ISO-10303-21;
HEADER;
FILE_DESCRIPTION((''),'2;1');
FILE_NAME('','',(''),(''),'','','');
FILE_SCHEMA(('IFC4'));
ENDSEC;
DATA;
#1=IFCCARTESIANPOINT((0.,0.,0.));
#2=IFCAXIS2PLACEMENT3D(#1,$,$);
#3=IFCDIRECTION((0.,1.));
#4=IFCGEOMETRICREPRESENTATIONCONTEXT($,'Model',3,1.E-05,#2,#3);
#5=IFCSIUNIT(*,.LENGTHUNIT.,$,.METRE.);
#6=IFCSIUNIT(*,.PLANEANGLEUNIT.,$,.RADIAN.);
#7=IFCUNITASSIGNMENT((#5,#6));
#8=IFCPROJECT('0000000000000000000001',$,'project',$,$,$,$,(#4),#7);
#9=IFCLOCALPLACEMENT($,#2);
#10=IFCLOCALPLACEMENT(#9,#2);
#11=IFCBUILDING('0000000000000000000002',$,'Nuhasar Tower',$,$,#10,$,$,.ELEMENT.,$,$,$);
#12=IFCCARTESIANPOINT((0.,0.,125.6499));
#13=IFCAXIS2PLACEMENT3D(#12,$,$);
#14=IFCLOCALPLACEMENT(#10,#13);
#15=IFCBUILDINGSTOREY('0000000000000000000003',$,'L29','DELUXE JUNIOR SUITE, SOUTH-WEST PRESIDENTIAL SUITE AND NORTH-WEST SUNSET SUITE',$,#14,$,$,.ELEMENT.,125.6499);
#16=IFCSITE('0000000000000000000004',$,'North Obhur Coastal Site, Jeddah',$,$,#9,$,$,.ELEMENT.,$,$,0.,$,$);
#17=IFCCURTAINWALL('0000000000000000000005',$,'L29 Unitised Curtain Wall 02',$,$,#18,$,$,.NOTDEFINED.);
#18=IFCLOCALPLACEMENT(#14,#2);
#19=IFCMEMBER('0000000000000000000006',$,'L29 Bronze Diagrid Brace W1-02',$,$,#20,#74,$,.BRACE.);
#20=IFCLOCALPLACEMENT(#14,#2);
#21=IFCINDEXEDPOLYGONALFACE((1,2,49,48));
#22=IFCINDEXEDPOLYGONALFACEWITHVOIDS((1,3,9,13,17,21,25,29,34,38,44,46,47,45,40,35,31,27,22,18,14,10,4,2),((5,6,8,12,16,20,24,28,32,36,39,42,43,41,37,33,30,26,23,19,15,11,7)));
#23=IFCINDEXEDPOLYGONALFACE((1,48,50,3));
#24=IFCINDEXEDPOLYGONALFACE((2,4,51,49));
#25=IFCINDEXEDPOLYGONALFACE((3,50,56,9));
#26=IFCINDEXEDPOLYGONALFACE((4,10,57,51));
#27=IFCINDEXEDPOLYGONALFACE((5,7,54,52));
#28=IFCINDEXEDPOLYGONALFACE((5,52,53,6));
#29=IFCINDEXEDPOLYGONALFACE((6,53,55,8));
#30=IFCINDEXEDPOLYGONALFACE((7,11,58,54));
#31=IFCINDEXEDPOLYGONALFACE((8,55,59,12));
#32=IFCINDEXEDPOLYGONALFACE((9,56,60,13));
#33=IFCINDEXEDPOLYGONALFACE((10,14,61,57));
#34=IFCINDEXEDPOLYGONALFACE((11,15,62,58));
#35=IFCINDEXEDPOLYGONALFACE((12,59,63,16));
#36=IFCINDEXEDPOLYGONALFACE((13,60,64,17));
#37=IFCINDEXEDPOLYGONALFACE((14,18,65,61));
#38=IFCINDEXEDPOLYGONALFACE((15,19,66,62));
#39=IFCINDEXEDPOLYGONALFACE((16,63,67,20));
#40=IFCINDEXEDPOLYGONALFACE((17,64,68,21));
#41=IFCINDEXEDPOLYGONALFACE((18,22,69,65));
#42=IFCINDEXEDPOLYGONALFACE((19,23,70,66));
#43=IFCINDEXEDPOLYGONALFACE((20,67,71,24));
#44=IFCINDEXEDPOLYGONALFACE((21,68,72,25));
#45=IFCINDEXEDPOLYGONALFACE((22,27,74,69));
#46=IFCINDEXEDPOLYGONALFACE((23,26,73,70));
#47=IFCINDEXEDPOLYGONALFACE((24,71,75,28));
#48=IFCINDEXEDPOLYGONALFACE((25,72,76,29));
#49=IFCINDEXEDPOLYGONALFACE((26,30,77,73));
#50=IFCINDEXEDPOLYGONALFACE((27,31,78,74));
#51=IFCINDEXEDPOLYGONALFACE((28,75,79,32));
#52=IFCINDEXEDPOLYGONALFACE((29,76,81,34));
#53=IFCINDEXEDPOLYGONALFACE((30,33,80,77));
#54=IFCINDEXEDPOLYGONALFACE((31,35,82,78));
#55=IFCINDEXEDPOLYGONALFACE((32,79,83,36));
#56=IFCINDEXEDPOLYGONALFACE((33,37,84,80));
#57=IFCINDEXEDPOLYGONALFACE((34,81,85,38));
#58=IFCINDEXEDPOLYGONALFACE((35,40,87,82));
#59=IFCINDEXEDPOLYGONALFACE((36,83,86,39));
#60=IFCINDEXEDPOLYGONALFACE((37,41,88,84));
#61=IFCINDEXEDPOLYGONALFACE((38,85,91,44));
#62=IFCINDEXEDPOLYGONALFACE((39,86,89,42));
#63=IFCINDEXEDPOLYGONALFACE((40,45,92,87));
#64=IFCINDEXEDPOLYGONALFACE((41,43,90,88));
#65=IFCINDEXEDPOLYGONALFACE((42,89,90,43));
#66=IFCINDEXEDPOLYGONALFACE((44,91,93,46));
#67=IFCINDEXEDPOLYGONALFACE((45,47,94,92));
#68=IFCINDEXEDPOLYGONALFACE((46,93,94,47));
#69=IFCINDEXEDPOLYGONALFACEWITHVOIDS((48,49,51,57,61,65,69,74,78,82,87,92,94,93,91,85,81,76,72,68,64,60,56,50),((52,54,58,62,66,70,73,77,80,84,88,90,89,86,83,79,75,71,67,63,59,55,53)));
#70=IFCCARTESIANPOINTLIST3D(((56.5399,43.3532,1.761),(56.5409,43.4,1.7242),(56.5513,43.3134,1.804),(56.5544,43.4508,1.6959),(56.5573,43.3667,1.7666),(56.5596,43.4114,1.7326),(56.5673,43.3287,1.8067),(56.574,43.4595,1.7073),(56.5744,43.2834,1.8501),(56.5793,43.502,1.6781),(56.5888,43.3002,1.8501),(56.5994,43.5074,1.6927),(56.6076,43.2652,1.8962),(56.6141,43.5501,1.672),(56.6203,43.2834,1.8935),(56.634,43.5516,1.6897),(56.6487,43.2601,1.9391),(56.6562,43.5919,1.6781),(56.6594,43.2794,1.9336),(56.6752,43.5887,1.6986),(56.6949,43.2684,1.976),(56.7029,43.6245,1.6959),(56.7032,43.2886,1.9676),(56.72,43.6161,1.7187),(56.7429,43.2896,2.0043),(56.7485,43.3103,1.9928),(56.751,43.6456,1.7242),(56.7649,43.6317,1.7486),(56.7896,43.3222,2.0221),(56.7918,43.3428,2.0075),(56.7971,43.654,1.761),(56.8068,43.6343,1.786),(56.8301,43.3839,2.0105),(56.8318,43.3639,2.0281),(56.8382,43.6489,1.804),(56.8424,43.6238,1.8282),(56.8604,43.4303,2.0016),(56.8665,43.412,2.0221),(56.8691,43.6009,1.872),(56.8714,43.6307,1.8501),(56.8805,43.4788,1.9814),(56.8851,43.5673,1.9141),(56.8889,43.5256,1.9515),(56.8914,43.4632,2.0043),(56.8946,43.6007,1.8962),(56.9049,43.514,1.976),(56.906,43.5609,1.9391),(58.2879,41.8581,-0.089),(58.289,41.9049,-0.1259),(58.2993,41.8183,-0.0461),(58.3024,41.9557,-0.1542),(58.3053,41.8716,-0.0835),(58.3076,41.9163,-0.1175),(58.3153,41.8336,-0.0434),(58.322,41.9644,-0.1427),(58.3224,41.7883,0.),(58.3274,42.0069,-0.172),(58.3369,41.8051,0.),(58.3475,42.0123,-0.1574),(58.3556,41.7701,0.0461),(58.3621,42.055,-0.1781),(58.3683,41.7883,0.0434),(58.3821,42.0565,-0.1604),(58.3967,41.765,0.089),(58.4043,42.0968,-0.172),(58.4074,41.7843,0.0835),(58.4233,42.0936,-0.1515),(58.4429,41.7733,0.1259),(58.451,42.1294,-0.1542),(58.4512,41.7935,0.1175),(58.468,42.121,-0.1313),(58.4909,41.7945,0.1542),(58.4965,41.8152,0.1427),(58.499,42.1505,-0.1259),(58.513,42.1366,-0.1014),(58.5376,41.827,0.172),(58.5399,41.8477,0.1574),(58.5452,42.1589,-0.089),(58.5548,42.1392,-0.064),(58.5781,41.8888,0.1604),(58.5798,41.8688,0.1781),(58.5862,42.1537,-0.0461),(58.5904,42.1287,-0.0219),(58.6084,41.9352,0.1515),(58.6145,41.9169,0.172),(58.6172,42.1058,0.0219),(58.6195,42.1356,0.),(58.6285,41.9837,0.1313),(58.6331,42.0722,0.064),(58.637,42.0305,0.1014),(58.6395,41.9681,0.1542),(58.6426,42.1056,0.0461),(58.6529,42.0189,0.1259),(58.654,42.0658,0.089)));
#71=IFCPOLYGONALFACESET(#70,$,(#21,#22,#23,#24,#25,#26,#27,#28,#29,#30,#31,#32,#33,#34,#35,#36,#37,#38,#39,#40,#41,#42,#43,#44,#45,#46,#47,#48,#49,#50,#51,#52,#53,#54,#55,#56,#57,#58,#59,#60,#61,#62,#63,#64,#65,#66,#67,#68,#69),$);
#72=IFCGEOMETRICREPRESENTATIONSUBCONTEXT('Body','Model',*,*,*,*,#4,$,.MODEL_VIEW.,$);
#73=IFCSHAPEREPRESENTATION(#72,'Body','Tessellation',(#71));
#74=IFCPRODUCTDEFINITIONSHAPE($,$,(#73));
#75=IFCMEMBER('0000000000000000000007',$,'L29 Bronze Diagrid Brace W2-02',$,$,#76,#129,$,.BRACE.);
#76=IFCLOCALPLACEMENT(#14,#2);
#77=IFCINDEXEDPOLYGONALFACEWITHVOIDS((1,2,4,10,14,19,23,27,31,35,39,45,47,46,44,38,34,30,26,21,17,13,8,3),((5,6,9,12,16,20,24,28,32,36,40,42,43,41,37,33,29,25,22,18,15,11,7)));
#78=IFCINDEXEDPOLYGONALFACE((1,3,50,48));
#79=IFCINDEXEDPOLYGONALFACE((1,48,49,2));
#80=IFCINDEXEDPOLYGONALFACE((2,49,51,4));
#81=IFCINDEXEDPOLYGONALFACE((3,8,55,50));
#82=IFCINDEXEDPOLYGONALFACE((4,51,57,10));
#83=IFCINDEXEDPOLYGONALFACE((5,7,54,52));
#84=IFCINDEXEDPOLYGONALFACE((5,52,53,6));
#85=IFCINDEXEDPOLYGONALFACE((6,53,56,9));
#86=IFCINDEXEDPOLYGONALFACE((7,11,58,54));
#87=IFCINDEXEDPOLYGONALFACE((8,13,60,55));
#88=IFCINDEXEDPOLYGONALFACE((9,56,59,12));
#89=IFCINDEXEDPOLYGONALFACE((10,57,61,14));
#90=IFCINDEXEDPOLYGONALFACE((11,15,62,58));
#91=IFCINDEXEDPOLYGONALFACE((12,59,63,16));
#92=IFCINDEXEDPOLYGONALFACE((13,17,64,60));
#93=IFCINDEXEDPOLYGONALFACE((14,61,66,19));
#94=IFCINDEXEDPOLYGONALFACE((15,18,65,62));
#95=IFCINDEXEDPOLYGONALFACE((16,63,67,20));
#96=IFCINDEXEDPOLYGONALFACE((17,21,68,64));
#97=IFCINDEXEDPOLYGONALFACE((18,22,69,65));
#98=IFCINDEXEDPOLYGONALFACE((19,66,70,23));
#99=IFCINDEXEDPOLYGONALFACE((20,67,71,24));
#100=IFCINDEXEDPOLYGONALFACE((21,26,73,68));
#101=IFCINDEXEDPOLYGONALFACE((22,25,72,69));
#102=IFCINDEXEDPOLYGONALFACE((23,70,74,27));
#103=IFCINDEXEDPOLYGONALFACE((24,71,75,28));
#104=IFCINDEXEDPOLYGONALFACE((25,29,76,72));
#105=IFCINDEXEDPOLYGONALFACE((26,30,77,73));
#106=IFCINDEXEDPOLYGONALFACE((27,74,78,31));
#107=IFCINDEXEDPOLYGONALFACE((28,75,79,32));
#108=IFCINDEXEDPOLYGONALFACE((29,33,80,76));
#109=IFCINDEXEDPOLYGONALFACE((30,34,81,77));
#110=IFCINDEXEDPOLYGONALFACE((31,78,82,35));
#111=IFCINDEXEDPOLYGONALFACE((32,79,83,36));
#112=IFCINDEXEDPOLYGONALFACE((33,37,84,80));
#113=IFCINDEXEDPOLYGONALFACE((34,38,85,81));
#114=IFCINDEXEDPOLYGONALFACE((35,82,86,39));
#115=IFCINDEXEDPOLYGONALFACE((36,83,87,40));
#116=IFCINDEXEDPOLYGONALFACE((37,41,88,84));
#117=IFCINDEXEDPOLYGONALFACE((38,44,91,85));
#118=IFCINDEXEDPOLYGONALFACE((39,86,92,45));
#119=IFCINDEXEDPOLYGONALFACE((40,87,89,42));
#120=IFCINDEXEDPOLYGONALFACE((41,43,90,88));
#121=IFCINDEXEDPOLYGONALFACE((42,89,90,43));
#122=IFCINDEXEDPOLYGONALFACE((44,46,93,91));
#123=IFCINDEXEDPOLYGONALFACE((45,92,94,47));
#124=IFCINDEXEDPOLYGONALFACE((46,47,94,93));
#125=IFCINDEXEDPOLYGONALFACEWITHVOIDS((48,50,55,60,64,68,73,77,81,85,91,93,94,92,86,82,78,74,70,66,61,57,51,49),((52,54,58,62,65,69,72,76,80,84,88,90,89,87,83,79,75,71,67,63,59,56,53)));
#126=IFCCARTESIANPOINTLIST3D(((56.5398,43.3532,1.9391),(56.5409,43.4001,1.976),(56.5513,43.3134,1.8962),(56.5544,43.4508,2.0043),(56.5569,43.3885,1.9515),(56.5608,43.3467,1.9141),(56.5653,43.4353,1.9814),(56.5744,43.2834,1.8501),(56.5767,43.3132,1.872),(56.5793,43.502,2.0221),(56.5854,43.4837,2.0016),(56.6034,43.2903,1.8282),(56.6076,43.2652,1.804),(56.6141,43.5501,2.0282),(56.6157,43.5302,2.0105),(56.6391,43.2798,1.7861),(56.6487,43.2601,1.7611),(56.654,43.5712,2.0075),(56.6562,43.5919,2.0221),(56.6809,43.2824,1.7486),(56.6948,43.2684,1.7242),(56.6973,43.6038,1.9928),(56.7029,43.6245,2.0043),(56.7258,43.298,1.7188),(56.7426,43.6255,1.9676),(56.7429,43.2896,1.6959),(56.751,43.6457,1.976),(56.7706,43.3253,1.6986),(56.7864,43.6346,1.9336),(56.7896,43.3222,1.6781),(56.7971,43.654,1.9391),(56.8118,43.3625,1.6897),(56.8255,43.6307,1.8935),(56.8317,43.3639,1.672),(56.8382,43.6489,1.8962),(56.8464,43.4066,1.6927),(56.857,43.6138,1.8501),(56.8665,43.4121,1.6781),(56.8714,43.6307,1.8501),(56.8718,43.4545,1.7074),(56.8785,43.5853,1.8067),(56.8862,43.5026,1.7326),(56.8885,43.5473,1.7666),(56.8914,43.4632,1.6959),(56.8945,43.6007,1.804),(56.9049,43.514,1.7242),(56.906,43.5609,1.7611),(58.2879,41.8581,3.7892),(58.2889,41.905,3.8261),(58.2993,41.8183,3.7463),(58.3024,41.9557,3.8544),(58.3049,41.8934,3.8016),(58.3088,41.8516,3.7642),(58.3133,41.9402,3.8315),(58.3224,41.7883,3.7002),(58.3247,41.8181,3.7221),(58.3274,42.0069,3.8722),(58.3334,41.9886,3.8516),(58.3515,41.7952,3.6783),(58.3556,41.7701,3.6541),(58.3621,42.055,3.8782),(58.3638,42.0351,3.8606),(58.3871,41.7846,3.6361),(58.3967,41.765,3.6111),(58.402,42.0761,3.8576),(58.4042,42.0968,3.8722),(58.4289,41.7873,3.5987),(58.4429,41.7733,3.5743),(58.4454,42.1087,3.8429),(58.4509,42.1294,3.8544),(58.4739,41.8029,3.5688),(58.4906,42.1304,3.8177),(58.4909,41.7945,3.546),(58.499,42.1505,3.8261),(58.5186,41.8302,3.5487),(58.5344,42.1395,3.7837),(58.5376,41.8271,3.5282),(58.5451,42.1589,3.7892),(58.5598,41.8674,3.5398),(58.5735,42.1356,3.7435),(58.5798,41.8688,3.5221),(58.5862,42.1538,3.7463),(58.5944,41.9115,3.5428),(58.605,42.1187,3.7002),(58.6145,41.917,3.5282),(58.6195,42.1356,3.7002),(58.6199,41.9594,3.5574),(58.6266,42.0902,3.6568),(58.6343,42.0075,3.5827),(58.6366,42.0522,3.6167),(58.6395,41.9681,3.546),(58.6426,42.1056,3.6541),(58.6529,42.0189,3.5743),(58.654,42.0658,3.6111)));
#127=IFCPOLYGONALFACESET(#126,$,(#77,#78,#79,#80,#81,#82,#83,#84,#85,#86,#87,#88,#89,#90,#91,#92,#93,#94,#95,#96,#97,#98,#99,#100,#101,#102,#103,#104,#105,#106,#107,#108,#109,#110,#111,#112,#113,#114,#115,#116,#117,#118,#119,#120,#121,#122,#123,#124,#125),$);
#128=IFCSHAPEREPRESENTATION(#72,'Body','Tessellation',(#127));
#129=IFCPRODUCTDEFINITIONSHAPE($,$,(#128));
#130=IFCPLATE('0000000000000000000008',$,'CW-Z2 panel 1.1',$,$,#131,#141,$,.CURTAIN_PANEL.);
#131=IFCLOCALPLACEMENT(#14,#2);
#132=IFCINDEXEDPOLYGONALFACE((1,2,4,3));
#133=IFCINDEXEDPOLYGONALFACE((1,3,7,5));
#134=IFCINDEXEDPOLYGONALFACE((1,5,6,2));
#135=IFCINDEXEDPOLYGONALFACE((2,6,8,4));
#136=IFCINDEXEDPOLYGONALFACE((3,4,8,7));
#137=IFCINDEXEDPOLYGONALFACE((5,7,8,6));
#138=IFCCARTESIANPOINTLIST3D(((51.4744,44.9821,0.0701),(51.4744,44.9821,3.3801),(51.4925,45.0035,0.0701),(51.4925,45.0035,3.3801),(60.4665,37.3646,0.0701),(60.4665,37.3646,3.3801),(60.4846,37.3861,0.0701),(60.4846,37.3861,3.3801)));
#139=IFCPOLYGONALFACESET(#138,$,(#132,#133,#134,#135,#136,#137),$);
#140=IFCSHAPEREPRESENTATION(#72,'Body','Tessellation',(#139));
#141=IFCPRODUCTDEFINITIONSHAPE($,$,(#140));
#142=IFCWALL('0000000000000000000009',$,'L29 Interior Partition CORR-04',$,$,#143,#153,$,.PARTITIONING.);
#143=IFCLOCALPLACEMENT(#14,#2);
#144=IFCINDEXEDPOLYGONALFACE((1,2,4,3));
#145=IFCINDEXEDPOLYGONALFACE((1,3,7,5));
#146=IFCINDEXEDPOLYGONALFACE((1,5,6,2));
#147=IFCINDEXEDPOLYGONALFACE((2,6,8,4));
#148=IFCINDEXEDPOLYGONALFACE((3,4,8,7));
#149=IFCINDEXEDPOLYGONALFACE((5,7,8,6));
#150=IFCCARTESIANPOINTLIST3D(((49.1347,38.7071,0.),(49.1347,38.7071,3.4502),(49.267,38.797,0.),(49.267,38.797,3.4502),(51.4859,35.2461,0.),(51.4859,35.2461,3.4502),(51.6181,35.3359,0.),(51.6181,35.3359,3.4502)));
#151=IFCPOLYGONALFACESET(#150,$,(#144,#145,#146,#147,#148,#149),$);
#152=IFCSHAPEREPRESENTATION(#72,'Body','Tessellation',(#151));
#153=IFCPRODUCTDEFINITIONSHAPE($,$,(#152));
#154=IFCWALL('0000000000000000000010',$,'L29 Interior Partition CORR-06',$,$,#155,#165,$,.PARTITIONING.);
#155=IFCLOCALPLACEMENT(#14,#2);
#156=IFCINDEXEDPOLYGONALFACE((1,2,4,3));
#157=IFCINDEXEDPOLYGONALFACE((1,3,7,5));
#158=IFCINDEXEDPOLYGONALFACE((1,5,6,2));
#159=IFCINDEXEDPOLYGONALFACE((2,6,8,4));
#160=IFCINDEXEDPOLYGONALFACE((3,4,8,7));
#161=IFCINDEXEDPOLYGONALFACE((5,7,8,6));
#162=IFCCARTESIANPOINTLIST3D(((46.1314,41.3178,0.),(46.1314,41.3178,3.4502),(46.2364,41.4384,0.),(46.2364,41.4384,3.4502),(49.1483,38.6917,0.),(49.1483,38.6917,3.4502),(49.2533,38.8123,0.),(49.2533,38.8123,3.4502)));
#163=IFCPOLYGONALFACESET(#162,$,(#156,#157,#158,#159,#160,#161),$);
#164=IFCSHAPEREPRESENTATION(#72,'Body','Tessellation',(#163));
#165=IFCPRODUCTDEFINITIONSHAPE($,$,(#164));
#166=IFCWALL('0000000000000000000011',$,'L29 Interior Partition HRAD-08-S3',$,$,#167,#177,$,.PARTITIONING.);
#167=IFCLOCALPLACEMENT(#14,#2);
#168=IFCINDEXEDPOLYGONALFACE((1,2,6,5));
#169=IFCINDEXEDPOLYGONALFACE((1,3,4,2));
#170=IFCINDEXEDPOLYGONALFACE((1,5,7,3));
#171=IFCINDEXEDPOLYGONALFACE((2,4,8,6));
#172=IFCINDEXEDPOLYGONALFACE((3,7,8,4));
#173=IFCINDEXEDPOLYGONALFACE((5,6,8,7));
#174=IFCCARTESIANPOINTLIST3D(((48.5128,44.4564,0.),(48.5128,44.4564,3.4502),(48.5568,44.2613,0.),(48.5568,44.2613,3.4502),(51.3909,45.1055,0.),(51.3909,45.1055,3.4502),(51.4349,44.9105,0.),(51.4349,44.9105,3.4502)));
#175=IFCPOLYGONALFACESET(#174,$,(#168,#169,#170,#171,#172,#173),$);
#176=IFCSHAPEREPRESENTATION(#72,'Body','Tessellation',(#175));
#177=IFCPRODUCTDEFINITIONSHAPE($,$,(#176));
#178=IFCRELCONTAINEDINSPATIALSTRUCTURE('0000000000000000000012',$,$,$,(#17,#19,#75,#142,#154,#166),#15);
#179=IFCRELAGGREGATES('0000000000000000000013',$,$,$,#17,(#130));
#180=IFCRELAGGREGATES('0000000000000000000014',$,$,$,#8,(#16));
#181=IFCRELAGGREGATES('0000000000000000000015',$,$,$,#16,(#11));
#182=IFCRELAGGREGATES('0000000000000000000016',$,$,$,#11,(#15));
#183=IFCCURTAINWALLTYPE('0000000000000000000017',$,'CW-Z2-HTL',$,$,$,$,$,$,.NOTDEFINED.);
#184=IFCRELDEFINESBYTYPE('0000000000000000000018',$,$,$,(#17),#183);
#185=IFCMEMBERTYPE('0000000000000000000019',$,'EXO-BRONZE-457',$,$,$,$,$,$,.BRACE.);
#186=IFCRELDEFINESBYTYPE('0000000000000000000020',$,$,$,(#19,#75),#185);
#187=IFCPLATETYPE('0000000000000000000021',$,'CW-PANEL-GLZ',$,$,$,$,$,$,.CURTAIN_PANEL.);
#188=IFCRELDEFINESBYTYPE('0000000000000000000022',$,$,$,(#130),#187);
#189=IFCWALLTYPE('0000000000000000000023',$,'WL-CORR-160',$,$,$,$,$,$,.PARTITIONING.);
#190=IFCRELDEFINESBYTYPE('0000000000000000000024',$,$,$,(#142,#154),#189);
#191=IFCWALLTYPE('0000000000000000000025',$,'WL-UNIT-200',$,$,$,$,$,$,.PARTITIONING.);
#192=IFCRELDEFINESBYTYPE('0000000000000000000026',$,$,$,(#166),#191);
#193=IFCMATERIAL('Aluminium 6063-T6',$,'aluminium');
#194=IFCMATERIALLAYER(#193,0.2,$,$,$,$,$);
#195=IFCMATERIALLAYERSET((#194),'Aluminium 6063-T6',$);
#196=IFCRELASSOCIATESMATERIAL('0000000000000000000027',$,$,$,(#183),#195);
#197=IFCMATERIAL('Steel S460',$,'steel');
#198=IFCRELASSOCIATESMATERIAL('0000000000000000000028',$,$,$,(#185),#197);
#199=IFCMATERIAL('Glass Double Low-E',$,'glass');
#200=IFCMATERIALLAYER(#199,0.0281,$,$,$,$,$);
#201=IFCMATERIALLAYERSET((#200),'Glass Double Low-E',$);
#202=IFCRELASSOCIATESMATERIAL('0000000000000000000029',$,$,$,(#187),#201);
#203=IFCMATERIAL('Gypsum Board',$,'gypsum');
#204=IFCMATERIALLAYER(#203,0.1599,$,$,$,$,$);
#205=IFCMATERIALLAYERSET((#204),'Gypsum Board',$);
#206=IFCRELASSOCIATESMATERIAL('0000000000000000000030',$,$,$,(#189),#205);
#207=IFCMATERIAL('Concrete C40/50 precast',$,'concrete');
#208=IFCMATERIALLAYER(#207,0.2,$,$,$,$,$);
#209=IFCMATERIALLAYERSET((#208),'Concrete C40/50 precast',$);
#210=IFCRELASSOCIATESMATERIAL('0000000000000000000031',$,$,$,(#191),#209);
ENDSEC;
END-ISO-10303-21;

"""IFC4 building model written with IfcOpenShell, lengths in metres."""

from ifc_helpers import new_model, si_unit, direction, frame, frame_2d, origin, origin_2d, place, context, subcontext, project, spatial, rectangle, hollow_circle, extrude, material, layer, layer_set, material_profile, profile_set, type_object, element, aggregate, save


model = new_model("IFC4")

# Units and contexts
model_context = context("Model", 3, precision=1e-05, world=origin(), true_north=direction((0.0, 1.0)))
body_context = subcontext(model_context, "Body", "Model", "MODEL_VIEW")
ifc_project = project(units=[si_unit("LENGTHUNIT", "METRE"), si_unit("PLANEANGLEUNIT", "RADIAN")], contexts=[model_context])

# Site, building, storey
site_placement = place(None, origin())
site = spatial("IfcSite", under=ifc_project, at=site_placement, Name="North Obhur Coastal Site, Jeddah", CompositionType="ELEMENT", RefElevation=0.0)
building_placement = place(site_placement, origin())
building = spatial("IfcBuilding", under=site, at=building_placement, Name="Nuhasar Tower", CompositionType="ELEMENT")
storey_placement = place(building_placement, frame((0.0, 0.0, 125.6499)))
storey = spatial("IfcBuildingStorey", under=building, at=storey_placement, Name="L29", Description="DELUXE JUNIOR SUITE, SOUTH-WEST PRESIDENTIAL SUITE AND NORTH-WEST SUNSET SUITE", CompositionType="ELEMENT", Elevation=125.6499)

# Shared definitions
ifc_material_1 = material(Name="Aluminium 6063-T6", Category="aluminium")
ifc_layer_1 = layer(ifc_material_1, 0.2)
ifc_layer_set_1 = layer_set([ifc_layer_1], Name="Aluminium 6063-T6")
curtain_wall_type = type_object("IfcCurtainWallType", Name="CW-Z2-HTL", PredefinedType="NOTDEFINED", material=ifc_layer_set_1)

# Curtain wall
curtain_wall_1_placement = place(storey_placement, origin())
curtain_wall_1 = element("IfcCurtainWall", 1, at=curtain_wall_1_placement, inside=storey, type_object=curtain_wall_type, Name="L29 Unitised Curtain Wall 02", PredefinedType="NOTDEFINED")

# Members
ifc_material_2 = material(Name="Steel S460", Category="steel")
ifc_material_profile_1 = material_profile(ifc_material_2, hollow_circle(Radius=0.2285, WallThickness=0.0222, at=origin_2d()), Name="HSS457X22.2")
ifc_profile_set_1 = profile_set([ifc_material_profile_1], Name="Steel S460")
member_type_1 = type_object("IfcMemberType", Name="EXO-BRONZE-457", PredefinedType="BRACE", material=ifc_profile_set_1)
for number, where, z_axis, x_axis, name in (
    (2, (58.4709, 41.9619, 0.0), (-0.59217, 0.506488, 0.626741), (-0.649987, -0.759945, 0.0), "L29 Bronze Diagrid Brace W1-02"),
    (3, (56.7229, 43.457, 1.8501), (0.59217, -0.506488, 0.626741), (0.649987, 0.759945, 0.0), "L29 Bronze Diagrid Brace W2-02"),
):
    element("IfcMember", number, at=place(storey_placement, frame(where, z_axis=z_axis, x_axis=x_axis)), inside=storey, type_object=member_type_1, Name=name, PredefinedType="BRACE", context=body_context, shape_type="SweptSolid", body=[
        extrude(hollow_circle(Radius=0.2285, WallThickness=0.0222, at=origin_2d()), origin(), (0.0, 0.0, 1.0), 2.9519),
    ])

# Plate
ifc_material_3 = material(Name="Glass Double Low-E", Category="glass")
ifc_layer_2 = layer(ifc_material_3, 0.0281)
ifc_layer_set_2 = layer_set([ifc_layer_2], Name="Glass Double Low-E")
plate_type = type_object("IfcPlateType", Name="CW-PANEL-GLZ", PredefinedType="CURTAIN_PANEL", material=ifc_layer_set_2)
plate_placement = place(storey_placement, frame((55.9795, 41.1841, 0.0701), z_axis=(0.0, 0.0, 1.0), x_axis=(-0.76302, 0.646374, 0.0)))
plate = element("IfcPlate", 4, at=plate_placement, type_object=plate_type, Name="CW-Z2 panel 1.1", PredefinedType="CURTAIN_PANEL", context=body_context, shape_type="SweptSolid", body=[
    extrude(rectangle(XDim=11.7849, YDim=0.0281, at=origin_2d()), origin(), (0.0, 0.0, 1.0), 3.3101),
])
aggregate(curtain_wall_1, [plate])

# Walls
ifc_material_4 = material(Name="Gypsum Board", Category="gypsum")
ifc_layer_3 = layer(ifc_material_4, 0.1599)
ifc_layer_set_3 = layer_set([ifc_layer_3], Name="Gypsum Board")
wall_type_1 = type_object("IfcWallType", Name="WL-CORR-160", PredefinedType="PARTITIONING", material=ifc_layer_set_3)
wall_1_placement = place(storey_placement, frame((51.552, 35.291, 0.0), z_axis=(0.0, 0.0, 1.0), x_axis=(-0.561924, 0.827189, 0.0)))
element("IfcWall", 5, at=wall_1_placement, inside=storey, type_object=wall_type_1, Name="L29 Interior Partition CORR-04", PredefinedType="PARTITIONING", context=body_context, shape_type="SweptSolid", body=[
    extrude(rectangle(XDim=4.1841, YDim=0.1599, at=frame_2d((2.092, 0.0))), origin(), (0.0, 0.0, 1.0), 3.4502),
])
wall_2_placement = place(storey_placement, frame((49.2009, 38.752, 0.0), z_axis=(0.0, 0.0, 1.0), x_axis=(-0.75428, 0.656553, 0.0)))
element("IfcWall", 6, at=wall_2_placement, inside=storey, type_object=wall_type_1, Name="L29 Interior Partition CORR-06", PredefinedType="PARTITIONING", context=body_context, shape_type="SweptSolid", body=[
    extrude(rectangle(XDim=3.9998, YDim=0.1599, at=frame_2d((2.0, 0.0))), origin(), (0.0, 0.0, 1.0), 3.4502),
])
ifc_material_5 = material(Name="Concrete C40/50 precast", Category="concrete")
ifc_layer_4 = layer(ifc_material_5, 0.2)
ifc_layer_set_4 = layer_set([ifc_layer_4], Name="Concrete C40/50 precast")
wall_type_2 = type_object("IfcWallType", Name="WL-UNIT-200", PredefinedType="PARTITIONING", material=ifc_layer_set_4)
wall_3_placement = place(storey_placement, frame((48.5349, 44.3589, 0.0), z_axis=(0.0, 0.0, 1.0), x_axis=(0.975495, 0.220022, 0.0)))
element("IfcWall", 7, at=wall_3_placement, inside=storey, type_object=wall_type_2, Name="L29 Interior Partition HRAD-08-S3", PredefinedType="PARTITIONING", context=body_context, shape_type="SweptSolid", body=[
    extrude(rectangle(XDim=2.9504, YDim=0.2, at=frame_2d((1.4751, 0.0))), origin(), (0.0, 0.0, 1.0), 3.4502),
])

save(model, "model.ifc")
